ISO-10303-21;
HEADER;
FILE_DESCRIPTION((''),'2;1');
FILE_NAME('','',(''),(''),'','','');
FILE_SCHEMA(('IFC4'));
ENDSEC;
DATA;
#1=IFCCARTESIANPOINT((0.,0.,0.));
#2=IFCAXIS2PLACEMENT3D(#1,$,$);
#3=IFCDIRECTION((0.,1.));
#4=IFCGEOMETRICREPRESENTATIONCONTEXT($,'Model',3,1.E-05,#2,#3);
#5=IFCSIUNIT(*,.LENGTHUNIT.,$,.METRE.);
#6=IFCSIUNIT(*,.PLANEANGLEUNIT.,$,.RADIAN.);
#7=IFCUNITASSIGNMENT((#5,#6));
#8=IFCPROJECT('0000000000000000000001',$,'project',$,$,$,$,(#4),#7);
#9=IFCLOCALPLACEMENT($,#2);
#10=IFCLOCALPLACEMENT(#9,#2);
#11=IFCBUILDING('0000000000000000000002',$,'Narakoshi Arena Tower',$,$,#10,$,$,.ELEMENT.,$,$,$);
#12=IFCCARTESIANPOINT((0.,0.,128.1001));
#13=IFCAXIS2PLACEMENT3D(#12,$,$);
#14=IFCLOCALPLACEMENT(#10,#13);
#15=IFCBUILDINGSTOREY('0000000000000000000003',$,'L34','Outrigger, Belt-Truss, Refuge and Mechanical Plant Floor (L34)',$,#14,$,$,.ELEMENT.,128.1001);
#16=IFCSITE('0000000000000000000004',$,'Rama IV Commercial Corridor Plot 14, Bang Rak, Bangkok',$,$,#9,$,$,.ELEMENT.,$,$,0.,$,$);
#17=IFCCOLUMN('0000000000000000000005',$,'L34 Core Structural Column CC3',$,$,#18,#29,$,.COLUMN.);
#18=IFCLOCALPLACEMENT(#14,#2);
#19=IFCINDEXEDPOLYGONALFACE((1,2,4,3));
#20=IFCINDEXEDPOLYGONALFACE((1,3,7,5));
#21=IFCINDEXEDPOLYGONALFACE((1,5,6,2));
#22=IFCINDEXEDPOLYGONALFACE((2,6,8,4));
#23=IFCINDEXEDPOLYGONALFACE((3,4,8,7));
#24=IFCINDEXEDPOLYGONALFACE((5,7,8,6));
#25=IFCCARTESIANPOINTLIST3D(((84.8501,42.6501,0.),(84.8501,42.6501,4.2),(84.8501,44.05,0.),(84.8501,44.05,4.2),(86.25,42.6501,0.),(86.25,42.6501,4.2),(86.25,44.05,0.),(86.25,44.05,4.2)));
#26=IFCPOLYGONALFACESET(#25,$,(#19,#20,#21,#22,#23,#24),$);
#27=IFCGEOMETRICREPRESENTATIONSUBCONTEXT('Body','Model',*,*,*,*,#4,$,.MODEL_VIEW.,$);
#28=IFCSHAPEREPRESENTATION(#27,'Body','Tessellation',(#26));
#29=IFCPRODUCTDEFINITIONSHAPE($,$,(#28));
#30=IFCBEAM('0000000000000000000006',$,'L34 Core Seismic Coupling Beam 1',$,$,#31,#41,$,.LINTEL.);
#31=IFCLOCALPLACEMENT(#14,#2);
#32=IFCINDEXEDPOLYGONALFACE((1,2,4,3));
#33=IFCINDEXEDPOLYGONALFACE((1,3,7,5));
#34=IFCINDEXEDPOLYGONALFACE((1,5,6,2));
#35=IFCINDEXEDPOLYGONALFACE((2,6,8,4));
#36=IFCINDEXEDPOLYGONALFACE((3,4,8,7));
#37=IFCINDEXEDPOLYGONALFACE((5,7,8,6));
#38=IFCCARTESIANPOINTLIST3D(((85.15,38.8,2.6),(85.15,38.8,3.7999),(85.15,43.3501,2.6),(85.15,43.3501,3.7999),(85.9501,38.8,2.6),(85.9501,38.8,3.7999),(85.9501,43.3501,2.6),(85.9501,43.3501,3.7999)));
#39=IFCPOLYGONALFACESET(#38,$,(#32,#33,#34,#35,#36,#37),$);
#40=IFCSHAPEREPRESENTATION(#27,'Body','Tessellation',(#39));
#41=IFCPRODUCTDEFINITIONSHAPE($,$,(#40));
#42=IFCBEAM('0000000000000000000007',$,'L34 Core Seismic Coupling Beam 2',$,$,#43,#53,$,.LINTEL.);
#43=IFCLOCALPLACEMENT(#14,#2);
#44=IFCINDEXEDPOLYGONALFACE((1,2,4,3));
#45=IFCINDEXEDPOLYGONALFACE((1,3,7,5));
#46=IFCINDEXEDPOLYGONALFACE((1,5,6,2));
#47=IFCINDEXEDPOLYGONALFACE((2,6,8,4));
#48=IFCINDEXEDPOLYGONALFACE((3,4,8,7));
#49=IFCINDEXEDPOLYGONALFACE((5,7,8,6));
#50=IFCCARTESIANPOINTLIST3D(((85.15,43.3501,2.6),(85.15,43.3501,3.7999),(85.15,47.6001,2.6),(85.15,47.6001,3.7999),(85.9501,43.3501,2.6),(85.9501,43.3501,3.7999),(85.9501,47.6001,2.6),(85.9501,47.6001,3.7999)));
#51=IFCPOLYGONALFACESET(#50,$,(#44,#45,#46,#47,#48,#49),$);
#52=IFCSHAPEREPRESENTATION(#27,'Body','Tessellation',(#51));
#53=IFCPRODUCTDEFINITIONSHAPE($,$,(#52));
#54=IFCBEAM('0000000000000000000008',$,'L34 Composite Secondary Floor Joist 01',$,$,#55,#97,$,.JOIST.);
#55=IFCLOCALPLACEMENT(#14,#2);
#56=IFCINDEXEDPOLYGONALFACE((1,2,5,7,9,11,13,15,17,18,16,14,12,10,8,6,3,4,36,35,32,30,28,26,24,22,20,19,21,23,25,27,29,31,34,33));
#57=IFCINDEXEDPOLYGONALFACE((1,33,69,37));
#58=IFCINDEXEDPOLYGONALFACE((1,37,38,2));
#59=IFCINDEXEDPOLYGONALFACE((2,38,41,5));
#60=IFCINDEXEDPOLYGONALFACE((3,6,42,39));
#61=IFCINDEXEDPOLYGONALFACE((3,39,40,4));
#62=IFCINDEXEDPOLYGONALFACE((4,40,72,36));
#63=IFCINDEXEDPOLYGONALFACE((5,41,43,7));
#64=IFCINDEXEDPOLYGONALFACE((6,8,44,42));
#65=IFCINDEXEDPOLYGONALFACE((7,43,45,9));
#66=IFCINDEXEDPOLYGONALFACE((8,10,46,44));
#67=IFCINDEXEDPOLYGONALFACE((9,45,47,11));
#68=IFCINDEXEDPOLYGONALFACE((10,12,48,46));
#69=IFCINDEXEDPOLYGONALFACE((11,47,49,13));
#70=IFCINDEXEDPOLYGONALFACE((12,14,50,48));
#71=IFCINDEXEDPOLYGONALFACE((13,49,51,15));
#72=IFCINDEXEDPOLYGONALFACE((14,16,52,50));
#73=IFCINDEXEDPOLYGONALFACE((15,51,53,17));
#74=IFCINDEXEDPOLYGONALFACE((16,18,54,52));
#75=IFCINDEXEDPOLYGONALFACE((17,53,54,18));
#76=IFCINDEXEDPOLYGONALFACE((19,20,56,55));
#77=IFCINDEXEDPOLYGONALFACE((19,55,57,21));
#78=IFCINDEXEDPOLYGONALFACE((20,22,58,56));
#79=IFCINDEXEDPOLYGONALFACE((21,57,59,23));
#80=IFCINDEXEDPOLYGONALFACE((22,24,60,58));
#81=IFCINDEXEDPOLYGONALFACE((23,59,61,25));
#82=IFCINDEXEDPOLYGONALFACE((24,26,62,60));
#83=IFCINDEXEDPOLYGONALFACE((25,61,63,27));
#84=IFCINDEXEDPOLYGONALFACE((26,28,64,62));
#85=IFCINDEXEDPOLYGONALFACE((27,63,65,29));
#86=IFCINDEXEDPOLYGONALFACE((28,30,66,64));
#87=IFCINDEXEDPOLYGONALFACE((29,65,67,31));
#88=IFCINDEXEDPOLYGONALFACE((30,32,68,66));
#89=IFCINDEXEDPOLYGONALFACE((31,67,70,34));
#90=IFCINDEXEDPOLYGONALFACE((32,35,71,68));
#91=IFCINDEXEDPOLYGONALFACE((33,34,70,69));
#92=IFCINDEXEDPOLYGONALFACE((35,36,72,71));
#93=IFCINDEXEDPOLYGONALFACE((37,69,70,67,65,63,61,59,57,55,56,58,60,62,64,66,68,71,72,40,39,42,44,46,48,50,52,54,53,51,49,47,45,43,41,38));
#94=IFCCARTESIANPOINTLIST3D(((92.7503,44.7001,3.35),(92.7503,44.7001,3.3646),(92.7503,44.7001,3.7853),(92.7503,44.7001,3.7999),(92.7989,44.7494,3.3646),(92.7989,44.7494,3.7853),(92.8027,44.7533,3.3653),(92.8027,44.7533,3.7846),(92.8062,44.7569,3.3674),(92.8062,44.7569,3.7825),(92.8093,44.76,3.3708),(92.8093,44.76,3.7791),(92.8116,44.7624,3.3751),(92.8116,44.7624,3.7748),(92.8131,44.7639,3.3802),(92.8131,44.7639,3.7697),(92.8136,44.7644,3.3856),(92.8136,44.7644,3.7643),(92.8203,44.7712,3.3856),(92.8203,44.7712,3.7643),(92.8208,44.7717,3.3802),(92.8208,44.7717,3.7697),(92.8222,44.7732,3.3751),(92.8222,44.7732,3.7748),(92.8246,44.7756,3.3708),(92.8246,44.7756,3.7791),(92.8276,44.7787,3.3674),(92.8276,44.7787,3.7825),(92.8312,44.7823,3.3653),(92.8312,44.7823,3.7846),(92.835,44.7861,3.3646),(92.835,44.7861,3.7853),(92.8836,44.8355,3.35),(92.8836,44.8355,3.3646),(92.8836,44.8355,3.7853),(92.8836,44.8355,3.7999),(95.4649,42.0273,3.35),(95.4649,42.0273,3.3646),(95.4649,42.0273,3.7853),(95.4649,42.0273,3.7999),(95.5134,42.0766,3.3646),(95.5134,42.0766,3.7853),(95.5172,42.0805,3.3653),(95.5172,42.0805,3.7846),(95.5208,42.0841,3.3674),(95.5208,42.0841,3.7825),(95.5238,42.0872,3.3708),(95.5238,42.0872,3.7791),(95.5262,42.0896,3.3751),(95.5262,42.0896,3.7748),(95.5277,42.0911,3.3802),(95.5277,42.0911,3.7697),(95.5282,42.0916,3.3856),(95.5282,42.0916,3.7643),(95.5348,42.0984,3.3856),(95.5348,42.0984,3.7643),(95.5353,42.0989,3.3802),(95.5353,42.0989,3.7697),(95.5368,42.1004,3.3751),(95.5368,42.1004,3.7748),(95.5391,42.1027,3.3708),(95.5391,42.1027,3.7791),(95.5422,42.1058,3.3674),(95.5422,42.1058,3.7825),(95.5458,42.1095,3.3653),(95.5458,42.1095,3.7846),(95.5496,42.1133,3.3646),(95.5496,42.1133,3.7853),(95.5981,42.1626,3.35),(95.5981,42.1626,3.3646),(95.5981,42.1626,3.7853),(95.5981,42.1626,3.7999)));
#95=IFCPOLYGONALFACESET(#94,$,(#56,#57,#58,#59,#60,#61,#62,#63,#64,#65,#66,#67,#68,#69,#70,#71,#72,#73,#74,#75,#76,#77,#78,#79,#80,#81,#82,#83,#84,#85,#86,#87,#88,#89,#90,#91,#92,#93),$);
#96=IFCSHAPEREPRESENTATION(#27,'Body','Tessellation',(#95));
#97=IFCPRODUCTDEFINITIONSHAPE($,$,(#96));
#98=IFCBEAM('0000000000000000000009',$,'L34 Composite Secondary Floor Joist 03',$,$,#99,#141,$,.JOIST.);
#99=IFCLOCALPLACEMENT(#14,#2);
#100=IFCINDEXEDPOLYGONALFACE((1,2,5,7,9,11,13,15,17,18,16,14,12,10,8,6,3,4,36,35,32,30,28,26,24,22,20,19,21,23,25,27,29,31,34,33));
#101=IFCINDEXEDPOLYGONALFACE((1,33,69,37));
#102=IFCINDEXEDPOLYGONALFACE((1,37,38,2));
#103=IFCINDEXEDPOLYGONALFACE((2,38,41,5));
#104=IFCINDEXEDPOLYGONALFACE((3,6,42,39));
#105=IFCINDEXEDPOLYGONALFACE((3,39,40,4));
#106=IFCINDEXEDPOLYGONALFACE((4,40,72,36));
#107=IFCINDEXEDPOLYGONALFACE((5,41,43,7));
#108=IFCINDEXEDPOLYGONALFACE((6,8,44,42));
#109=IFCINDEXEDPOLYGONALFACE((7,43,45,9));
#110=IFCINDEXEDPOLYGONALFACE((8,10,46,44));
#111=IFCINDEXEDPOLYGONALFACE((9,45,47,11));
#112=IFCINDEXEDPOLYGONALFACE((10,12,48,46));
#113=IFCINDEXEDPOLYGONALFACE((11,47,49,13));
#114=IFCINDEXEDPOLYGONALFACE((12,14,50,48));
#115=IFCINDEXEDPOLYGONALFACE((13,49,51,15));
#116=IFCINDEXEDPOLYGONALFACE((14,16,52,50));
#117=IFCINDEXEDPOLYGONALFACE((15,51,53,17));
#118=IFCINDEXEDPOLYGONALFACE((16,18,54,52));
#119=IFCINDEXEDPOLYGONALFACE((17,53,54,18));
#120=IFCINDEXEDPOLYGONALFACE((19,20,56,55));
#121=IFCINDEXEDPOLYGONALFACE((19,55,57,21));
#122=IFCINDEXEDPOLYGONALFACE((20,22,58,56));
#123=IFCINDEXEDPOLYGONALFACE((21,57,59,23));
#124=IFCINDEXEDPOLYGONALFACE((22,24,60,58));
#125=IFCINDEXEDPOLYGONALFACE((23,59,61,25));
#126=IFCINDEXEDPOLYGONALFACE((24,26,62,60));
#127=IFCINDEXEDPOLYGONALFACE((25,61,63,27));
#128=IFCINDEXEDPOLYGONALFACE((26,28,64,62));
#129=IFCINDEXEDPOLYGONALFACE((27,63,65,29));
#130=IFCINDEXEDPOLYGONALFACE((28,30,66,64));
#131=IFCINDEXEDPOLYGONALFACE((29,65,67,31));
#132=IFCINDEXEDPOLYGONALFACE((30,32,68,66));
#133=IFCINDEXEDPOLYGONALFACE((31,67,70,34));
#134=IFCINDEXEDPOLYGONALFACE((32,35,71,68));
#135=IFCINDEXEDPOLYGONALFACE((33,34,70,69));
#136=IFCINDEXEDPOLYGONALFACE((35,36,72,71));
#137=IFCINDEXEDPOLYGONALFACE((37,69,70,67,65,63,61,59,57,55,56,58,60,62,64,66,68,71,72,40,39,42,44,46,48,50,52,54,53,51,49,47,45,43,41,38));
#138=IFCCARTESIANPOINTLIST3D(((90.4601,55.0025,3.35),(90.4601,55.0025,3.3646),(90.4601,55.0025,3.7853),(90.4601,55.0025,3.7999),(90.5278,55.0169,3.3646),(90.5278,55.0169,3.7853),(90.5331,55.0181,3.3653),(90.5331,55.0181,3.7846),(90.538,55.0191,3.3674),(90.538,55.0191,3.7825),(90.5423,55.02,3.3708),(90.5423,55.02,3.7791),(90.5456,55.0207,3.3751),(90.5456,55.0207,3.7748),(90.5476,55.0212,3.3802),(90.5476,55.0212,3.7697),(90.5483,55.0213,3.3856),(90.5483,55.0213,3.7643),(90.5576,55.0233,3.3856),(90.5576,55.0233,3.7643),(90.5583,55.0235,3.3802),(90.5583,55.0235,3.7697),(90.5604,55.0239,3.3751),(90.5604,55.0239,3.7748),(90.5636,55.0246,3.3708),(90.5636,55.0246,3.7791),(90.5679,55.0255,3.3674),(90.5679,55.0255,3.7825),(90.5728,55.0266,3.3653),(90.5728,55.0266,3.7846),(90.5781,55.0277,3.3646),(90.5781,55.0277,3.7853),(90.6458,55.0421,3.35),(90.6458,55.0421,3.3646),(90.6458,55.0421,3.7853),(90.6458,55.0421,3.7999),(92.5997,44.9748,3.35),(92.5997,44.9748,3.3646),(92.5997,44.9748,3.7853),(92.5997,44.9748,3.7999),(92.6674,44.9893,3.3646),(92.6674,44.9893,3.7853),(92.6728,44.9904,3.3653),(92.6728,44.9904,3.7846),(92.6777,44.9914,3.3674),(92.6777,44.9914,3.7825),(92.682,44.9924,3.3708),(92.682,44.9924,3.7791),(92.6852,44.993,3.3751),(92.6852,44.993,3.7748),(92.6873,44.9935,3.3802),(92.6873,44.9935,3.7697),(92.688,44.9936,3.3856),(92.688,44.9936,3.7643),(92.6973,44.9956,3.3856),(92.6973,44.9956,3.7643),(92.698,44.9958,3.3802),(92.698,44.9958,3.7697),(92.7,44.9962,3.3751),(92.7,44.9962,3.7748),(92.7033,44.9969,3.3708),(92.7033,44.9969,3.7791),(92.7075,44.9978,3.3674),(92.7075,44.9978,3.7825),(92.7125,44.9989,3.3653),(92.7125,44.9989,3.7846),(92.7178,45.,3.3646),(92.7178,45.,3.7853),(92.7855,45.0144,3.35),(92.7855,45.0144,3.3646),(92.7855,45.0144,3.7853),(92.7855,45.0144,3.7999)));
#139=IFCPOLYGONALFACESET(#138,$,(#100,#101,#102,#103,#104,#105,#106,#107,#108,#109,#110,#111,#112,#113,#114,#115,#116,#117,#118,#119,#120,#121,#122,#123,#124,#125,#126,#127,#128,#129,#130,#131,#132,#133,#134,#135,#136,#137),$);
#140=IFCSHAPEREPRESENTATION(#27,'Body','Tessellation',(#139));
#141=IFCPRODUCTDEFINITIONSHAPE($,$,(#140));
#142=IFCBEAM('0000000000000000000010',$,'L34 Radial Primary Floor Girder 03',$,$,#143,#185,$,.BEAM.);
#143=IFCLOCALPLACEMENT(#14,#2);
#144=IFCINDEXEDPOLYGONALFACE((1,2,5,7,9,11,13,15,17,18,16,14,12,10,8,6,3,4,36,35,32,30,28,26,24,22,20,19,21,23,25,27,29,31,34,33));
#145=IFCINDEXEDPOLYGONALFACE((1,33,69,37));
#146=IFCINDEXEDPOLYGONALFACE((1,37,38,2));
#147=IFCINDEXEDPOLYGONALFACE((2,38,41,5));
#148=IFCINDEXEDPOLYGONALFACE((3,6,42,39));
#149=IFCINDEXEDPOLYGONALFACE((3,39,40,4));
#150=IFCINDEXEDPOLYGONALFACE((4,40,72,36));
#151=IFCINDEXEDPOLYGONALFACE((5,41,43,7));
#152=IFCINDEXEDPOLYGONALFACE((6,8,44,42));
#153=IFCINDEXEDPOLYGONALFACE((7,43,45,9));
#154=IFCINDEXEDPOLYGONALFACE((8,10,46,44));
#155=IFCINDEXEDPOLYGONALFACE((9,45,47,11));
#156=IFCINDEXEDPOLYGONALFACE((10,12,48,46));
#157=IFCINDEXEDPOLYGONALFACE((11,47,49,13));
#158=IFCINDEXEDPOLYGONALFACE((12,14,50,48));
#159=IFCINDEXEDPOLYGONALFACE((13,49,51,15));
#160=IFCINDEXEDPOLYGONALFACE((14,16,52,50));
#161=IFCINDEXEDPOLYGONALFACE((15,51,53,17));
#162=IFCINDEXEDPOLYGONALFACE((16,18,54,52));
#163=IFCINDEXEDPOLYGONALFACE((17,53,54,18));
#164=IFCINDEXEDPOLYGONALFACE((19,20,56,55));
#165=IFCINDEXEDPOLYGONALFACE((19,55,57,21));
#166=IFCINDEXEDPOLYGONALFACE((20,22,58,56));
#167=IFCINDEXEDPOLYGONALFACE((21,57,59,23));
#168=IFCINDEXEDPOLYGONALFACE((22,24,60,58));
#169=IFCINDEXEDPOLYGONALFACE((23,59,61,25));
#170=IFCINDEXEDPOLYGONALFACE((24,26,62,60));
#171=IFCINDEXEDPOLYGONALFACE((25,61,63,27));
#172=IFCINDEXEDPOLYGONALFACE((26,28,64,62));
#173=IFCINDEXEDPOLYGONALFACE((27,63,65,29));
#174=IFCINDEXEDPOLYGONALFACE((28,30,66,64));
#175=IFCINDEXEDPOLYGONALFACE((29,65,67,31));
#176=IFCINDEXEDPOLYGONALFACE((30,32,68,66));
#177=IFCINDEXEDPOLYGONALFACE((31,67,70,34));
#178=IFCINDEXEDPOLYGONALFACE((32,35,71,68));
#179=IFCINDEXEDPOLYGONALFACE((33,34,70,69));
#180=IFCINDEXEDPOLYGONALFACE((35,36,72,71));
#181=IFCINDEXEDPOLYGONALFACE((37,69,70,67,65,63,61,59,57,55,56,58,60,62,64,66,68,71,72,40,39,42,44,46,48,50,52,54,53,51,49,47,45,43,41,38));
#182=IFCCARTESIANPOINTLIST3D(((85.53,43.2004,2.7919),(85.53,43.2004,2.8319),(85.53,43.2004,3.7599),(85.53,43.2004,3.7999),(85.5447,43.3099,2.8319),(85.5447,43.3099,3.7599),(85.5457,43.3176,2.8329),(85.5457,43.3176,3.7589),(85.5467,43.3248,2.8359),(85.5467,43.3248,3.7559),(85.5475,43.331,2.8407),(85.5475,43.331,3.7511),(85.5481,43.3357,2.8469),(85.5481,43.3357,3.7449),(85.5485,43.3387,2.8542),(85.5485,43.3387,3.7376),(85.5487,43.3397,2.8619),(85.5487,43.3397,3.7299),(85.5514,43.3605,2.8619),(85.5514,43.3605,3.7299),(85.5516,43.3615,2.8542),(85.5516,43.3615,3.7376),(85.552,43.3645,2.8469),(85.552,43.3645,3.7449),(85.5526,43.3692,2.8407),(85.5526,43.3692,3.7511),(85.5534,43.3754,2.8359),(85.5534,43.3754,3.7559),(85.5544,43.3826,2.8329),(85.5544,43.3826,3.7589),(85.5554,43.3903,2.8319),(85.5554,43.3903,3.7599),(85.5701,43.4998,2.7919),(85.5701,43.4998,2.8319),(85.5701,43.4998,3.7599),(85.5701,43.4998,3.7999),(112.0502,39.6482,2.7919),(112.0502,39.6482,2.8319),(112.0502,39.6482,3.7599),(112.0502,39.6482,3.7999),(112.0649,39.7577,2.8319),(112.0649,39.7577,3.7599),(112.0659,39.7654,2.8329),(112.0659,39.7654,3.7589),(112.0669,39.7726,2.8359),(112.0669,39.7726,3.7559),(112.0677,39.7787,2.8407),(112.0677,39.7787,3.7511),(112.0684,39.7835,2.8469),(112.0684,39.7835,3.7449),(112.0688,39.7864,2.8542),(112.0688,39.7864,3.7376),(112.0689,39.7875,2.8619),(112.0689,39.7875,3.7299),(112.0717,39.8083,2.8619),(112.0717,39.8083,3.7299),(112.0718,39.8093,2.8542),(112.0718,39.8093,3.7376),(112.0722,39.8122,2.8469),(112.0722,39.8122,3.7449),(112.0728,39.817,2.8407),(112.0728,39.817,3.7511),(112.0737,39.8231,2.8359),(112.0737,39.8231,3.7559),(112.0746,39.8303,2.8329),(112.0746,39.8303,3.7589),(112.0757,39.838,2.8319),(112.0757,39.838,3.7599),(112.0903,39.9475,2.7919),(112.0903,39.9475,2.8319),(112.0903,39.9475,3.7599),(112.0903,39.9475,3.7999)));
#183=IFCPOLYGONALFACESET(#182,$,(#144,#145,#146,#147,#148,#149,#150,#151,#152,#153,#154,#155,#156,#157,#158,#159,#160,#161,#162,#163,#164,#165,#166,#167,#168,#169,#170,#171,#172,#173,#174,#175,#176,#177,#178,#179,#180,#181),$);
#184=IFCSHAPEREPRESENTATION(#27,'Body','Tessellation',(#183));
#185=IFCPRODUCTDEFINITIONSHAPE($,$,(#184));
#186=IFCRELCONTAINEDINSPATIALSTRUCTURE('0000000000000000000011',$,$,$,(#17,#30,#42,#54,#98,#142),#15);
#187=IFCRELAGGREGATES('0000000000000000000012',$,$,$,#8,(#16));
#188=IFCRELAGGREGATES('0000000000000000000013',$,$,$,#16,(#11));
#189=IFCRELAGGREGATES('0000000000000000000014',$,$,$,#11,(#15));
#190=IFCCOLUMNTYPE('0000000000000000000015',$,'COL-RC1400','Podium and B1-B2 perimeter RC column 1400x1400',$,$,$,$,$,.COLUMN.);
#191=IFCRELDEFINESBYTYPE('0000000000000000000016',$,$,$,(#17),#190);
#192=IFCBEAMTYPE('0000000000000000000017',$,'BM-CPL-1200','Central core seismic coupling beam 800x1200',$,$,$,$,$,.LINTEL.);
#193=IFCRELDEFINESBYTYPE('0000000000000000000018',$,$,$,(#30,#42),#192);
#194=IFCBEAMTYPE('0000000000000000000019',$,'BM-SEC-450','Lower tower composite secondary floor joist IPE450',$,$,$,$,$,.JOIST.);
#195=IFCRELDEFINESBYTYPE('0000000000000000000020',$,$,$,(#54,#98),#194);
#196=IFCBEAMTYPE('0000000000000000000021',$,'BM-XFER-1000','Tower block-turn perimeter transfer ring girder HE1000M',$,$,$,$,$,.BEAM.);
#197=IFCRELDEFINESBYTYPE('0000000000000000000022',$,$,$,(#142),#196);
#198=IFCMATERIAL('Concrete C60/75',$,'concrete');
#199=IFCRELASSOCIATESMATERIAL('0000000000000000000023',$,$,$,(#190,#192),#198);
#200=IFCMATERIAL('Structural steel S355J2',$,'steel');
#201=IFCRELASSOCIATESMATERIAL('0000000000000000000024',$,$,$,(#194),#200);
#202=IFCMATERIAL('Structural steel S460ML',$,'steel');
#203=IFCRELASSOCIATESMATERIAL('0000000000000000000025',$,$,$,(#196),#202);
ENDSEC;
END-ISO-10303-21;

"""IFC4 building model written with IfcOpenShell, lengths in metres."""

from ifc_helpers import new_model, si_unit, direction, frame, origin, origin_2d, place, context, subcontext, project, spatial, rectangle, i_section, extrude, material, material_profile, profile_set, type_object, element, save


model = new_model("IFC4")

# Units and contexts
model_context = context("Model", 3, precision=1e-05, world=origin(), true_north=direction((0.0, 1.0)))
body_context = subcontext(model_context, "Body", "Model", "MODEL_VIEW")
ifc_project = project(units=[si_unit("LENGTHUNIT", "METRE"), si_unit("PLANEANGLEUNIT", "RADIAN")], contexts=[model_context])

# Site, building, storey
site_placement = place(None, origin())
site = spatial("IfcSite", under=ifc_project, at=site_placement, Name="Rama IV Commercial Corridor Plot 14, Bang Rak, Bangkok", CompositionType="ELEMENT", RefElevation=0.0)
building_placement = place(site_placement, origin())
building = spatial("IfcBuilding", under=site, at=building_placement, Name="Narakoshi Arena Tower", CompositionType="ELEMENT")
storey_placement = place(building_placement, frame((0.0, 0.0, 128.1001)))
storey = spatial("IfcBuildingStorey", under=building, at=storey_placement, Name="L34", Description="Outrigger, Belt-Truss, Refuge and Mechanical Plant Floor (L34)", CompositionType="ELEMENT", Elevation=128.1001)

# Column
ifc_material_1 = material(Name="Concrete C60/75", Category="concrete")
ifc_material_profile_1 = material_profile(ifc_material_1, rectangle(XDim=1.3999, YDim=1.3999, at=origin_2d()), Name="RC1400x1400")
ifc_profile_set_1 = profile_set([ifc_material_profile_1], Name="Concrete C60/75")
column_type = type_object("IfcColumnType", Name="COL-RC1400", Description="Podium and B1-B2 perimeter RC column 1400x1400", PredefinedType="COLUMN", material=ifc_profile_set_1)
column_placement = place(storey_placement, frame((85.55, 43.3501, 0.0), z_axis=(0.0, 0.0, 1.0), x_axis=(1.0, 0.0, 0.0)))
element("IfcColumn", 1, at=column_placement, inside=storey, type_object=column_type, Name="L34 Core Structural Column CC3", PredefinedType="COLUMN", context=body_context, shape_type="SweptSolid", body=[
    extrude(rectangle(XDim=1.3999, YDim=1.3999, at=origin_2d()), origin(), (0.0, 0.0, 1.0), 4.2),
])

# Beams
ifc_material_profile_2 = material_profile(ifc_material_1, rectangle(XDim=0.8, YDim=1.2, at=origin_2d()), Name="RCB800x1200")
ifc_profile_set_2 = profile_set([ifc_material_profile_2], Name="Concrete C60/75")
beam_type_1 = type_object("IfcBeamType", Name="BM-CPL-1200", Description="Central core seismic coupling beam 800x1200", PredefinedType="LINTEL", material=ifc_profile_set_2)
beam_1_placement = place(storey_placement, frame((85.55, 38.8, 3.2), z_axis=(0.0, 1.0, 0.0), x_axis=(-1.0, 0.0, 0.0)))
element("IfcBeam", 2, at=beam_1_placement, inside=storey, type_object=beam_type_1, Name="L34 Core Seismic Coupling Beam 1", PredefinedType="LINTEL", context=body_context, shape_type="SweptSolid", body=[
    extrude(rectangle(XDim=0.8, YDim=1.2, at=origin_2d()), origin(), (0.0, 0.0, 1.0), 4.55),
])
beam_2_placement = place(storey_placement, frame((85.55, 43.3501, 3.2), z_axis=(0.0, 1.0, 0.0), x_axis=(-1.0, 0.0, 0.0)))
element("IfcBeam", 3, at=beam_2_placement, inside=storey, type_object=beam_type_1, Name="L34 Core Seismic Coupling Beam 2", PredefinedType="LINTEL", context=body_context, shape_type="SweptSolid", body=[
    extrude(rectangle(XDim=0.8, YDim=1.2, at=origin_2d()), origin(), (0.0, 0.0, 1.0), 4.25),
])
ifc_material_2 = material(Name="Structural steel S355J2", Category="steel")
ifc_material_profile_3 = material_profile(ifc_material_2, i_section(OverallWidth=0.1899, OverallDepth=0.45, WebThickness=0.0095, FlangeThickness=0.0146, FilletRadius=0.021, at=origin_2d()), Name="IPE450")
ifc_profile_set_3 = profile_set([ifc_material_profile_3], Name="Structural steel S355J2")
beam_type_2 = type_object("IfcBeamType", Name="BM-SEC-450", Description="Lower tower composite secondary floor joist IPE450", PredefinedType="JOIST", material=ifc_profile_set_3)
beam_3_placement = place(storey_placement, frame((95.5315, 42.095, 3.575), z_axis=(-0.712565, 0.701606, 0.0), x_axis=(-0.701606, -0.712565, 0.0)))
element("IfcBeam", 4, at=beam_3_placement, inside=storey, type_object=beam_type_2, Name="L34 Composite Secondary Floor Joist 01", PredefinedType="JOIST", context=body_context, shape_type="SweptSolid", body=[
    extrude(i_section(OverallWidth=0.1899, OverallDepth=0.45, WebThickness=0.0095, FlangeThickness=0.0146, FilletRadius=0.021, at=origin_2d()), origin(), (0.0, 0.0, 1.0), 3.8096),
])
beam_4_placement = place(storey_placement, frame((92.6926, 44.9946, 3.575), z_axis=(-0.208679, 0.977984, 0.0), x_axis=(-0.977984, -0.208679, 0.0)))
element("IfcBeam", 5, at=beam_4_placement, inside=storey, type_object=beam_type_2, Name="L34 Composite Secondary Floor Joist 03", PredefinedType="JOIST", context=body_context, shape_type="SweptSolid", body=[
    extrude(i_section(OverallWidth=0.1899, OverallDepth=0.45, WebThickness=0.0095, FlangeThickness=0.0146, FilletRadius=0.021, at=origin_2d()), origin(), (0.0, 0.0, 1.0), 10.2534),
])
ifc_material_3 = material(Name="Structural steel S460ML", Category="steel")
ifc_material_profile_4 = material_profile(ifc_material_3, i_section(OverallWidth=0.302, OverallDepth=1.0081, WebThickness=0.021, FlangeThickness=0.04, FilletRadius=0.03, at=origin_2d()), Name="HE1000M")
ifc_profile_set_4 = profile_set([ifc_material_profile_4], Name="Structural steel S460ML")
beam_type_3 = type_object("IfcBeamType", Name="BM-XFER-1000", Description="Tower block-turn perimeter transfer ring girder HE1000M", PredefinedType="BEAM", material=ifc_profile_set_4)
beam_5_placement = place(storey_placement, frame((85.55, 43.3501, 3.2959), z_axis=(0.991148, -0.132759, 0.0), x_axis=(0.132759, 0.991148, 0.0)))
element("IfcBeam", 6, at=beam_5_placement, inside=storey, type_object=beam_type_3, Name="L34 Radial Primary Floor Girder 03", PredefinedType="BEAM", context=body_context, shape_type="SweptSolid", body=[
    extrude(i_section(OverallWidth=0.302, OverallDepth=1.0081, WebThickness=0.021, FlangeThickness=0.04, FilletRadius=0.03, at=origin_2d()), origin(), (0.0, 0.0, 1.0), 26.7571),
])

save(model, "model.ifc")
